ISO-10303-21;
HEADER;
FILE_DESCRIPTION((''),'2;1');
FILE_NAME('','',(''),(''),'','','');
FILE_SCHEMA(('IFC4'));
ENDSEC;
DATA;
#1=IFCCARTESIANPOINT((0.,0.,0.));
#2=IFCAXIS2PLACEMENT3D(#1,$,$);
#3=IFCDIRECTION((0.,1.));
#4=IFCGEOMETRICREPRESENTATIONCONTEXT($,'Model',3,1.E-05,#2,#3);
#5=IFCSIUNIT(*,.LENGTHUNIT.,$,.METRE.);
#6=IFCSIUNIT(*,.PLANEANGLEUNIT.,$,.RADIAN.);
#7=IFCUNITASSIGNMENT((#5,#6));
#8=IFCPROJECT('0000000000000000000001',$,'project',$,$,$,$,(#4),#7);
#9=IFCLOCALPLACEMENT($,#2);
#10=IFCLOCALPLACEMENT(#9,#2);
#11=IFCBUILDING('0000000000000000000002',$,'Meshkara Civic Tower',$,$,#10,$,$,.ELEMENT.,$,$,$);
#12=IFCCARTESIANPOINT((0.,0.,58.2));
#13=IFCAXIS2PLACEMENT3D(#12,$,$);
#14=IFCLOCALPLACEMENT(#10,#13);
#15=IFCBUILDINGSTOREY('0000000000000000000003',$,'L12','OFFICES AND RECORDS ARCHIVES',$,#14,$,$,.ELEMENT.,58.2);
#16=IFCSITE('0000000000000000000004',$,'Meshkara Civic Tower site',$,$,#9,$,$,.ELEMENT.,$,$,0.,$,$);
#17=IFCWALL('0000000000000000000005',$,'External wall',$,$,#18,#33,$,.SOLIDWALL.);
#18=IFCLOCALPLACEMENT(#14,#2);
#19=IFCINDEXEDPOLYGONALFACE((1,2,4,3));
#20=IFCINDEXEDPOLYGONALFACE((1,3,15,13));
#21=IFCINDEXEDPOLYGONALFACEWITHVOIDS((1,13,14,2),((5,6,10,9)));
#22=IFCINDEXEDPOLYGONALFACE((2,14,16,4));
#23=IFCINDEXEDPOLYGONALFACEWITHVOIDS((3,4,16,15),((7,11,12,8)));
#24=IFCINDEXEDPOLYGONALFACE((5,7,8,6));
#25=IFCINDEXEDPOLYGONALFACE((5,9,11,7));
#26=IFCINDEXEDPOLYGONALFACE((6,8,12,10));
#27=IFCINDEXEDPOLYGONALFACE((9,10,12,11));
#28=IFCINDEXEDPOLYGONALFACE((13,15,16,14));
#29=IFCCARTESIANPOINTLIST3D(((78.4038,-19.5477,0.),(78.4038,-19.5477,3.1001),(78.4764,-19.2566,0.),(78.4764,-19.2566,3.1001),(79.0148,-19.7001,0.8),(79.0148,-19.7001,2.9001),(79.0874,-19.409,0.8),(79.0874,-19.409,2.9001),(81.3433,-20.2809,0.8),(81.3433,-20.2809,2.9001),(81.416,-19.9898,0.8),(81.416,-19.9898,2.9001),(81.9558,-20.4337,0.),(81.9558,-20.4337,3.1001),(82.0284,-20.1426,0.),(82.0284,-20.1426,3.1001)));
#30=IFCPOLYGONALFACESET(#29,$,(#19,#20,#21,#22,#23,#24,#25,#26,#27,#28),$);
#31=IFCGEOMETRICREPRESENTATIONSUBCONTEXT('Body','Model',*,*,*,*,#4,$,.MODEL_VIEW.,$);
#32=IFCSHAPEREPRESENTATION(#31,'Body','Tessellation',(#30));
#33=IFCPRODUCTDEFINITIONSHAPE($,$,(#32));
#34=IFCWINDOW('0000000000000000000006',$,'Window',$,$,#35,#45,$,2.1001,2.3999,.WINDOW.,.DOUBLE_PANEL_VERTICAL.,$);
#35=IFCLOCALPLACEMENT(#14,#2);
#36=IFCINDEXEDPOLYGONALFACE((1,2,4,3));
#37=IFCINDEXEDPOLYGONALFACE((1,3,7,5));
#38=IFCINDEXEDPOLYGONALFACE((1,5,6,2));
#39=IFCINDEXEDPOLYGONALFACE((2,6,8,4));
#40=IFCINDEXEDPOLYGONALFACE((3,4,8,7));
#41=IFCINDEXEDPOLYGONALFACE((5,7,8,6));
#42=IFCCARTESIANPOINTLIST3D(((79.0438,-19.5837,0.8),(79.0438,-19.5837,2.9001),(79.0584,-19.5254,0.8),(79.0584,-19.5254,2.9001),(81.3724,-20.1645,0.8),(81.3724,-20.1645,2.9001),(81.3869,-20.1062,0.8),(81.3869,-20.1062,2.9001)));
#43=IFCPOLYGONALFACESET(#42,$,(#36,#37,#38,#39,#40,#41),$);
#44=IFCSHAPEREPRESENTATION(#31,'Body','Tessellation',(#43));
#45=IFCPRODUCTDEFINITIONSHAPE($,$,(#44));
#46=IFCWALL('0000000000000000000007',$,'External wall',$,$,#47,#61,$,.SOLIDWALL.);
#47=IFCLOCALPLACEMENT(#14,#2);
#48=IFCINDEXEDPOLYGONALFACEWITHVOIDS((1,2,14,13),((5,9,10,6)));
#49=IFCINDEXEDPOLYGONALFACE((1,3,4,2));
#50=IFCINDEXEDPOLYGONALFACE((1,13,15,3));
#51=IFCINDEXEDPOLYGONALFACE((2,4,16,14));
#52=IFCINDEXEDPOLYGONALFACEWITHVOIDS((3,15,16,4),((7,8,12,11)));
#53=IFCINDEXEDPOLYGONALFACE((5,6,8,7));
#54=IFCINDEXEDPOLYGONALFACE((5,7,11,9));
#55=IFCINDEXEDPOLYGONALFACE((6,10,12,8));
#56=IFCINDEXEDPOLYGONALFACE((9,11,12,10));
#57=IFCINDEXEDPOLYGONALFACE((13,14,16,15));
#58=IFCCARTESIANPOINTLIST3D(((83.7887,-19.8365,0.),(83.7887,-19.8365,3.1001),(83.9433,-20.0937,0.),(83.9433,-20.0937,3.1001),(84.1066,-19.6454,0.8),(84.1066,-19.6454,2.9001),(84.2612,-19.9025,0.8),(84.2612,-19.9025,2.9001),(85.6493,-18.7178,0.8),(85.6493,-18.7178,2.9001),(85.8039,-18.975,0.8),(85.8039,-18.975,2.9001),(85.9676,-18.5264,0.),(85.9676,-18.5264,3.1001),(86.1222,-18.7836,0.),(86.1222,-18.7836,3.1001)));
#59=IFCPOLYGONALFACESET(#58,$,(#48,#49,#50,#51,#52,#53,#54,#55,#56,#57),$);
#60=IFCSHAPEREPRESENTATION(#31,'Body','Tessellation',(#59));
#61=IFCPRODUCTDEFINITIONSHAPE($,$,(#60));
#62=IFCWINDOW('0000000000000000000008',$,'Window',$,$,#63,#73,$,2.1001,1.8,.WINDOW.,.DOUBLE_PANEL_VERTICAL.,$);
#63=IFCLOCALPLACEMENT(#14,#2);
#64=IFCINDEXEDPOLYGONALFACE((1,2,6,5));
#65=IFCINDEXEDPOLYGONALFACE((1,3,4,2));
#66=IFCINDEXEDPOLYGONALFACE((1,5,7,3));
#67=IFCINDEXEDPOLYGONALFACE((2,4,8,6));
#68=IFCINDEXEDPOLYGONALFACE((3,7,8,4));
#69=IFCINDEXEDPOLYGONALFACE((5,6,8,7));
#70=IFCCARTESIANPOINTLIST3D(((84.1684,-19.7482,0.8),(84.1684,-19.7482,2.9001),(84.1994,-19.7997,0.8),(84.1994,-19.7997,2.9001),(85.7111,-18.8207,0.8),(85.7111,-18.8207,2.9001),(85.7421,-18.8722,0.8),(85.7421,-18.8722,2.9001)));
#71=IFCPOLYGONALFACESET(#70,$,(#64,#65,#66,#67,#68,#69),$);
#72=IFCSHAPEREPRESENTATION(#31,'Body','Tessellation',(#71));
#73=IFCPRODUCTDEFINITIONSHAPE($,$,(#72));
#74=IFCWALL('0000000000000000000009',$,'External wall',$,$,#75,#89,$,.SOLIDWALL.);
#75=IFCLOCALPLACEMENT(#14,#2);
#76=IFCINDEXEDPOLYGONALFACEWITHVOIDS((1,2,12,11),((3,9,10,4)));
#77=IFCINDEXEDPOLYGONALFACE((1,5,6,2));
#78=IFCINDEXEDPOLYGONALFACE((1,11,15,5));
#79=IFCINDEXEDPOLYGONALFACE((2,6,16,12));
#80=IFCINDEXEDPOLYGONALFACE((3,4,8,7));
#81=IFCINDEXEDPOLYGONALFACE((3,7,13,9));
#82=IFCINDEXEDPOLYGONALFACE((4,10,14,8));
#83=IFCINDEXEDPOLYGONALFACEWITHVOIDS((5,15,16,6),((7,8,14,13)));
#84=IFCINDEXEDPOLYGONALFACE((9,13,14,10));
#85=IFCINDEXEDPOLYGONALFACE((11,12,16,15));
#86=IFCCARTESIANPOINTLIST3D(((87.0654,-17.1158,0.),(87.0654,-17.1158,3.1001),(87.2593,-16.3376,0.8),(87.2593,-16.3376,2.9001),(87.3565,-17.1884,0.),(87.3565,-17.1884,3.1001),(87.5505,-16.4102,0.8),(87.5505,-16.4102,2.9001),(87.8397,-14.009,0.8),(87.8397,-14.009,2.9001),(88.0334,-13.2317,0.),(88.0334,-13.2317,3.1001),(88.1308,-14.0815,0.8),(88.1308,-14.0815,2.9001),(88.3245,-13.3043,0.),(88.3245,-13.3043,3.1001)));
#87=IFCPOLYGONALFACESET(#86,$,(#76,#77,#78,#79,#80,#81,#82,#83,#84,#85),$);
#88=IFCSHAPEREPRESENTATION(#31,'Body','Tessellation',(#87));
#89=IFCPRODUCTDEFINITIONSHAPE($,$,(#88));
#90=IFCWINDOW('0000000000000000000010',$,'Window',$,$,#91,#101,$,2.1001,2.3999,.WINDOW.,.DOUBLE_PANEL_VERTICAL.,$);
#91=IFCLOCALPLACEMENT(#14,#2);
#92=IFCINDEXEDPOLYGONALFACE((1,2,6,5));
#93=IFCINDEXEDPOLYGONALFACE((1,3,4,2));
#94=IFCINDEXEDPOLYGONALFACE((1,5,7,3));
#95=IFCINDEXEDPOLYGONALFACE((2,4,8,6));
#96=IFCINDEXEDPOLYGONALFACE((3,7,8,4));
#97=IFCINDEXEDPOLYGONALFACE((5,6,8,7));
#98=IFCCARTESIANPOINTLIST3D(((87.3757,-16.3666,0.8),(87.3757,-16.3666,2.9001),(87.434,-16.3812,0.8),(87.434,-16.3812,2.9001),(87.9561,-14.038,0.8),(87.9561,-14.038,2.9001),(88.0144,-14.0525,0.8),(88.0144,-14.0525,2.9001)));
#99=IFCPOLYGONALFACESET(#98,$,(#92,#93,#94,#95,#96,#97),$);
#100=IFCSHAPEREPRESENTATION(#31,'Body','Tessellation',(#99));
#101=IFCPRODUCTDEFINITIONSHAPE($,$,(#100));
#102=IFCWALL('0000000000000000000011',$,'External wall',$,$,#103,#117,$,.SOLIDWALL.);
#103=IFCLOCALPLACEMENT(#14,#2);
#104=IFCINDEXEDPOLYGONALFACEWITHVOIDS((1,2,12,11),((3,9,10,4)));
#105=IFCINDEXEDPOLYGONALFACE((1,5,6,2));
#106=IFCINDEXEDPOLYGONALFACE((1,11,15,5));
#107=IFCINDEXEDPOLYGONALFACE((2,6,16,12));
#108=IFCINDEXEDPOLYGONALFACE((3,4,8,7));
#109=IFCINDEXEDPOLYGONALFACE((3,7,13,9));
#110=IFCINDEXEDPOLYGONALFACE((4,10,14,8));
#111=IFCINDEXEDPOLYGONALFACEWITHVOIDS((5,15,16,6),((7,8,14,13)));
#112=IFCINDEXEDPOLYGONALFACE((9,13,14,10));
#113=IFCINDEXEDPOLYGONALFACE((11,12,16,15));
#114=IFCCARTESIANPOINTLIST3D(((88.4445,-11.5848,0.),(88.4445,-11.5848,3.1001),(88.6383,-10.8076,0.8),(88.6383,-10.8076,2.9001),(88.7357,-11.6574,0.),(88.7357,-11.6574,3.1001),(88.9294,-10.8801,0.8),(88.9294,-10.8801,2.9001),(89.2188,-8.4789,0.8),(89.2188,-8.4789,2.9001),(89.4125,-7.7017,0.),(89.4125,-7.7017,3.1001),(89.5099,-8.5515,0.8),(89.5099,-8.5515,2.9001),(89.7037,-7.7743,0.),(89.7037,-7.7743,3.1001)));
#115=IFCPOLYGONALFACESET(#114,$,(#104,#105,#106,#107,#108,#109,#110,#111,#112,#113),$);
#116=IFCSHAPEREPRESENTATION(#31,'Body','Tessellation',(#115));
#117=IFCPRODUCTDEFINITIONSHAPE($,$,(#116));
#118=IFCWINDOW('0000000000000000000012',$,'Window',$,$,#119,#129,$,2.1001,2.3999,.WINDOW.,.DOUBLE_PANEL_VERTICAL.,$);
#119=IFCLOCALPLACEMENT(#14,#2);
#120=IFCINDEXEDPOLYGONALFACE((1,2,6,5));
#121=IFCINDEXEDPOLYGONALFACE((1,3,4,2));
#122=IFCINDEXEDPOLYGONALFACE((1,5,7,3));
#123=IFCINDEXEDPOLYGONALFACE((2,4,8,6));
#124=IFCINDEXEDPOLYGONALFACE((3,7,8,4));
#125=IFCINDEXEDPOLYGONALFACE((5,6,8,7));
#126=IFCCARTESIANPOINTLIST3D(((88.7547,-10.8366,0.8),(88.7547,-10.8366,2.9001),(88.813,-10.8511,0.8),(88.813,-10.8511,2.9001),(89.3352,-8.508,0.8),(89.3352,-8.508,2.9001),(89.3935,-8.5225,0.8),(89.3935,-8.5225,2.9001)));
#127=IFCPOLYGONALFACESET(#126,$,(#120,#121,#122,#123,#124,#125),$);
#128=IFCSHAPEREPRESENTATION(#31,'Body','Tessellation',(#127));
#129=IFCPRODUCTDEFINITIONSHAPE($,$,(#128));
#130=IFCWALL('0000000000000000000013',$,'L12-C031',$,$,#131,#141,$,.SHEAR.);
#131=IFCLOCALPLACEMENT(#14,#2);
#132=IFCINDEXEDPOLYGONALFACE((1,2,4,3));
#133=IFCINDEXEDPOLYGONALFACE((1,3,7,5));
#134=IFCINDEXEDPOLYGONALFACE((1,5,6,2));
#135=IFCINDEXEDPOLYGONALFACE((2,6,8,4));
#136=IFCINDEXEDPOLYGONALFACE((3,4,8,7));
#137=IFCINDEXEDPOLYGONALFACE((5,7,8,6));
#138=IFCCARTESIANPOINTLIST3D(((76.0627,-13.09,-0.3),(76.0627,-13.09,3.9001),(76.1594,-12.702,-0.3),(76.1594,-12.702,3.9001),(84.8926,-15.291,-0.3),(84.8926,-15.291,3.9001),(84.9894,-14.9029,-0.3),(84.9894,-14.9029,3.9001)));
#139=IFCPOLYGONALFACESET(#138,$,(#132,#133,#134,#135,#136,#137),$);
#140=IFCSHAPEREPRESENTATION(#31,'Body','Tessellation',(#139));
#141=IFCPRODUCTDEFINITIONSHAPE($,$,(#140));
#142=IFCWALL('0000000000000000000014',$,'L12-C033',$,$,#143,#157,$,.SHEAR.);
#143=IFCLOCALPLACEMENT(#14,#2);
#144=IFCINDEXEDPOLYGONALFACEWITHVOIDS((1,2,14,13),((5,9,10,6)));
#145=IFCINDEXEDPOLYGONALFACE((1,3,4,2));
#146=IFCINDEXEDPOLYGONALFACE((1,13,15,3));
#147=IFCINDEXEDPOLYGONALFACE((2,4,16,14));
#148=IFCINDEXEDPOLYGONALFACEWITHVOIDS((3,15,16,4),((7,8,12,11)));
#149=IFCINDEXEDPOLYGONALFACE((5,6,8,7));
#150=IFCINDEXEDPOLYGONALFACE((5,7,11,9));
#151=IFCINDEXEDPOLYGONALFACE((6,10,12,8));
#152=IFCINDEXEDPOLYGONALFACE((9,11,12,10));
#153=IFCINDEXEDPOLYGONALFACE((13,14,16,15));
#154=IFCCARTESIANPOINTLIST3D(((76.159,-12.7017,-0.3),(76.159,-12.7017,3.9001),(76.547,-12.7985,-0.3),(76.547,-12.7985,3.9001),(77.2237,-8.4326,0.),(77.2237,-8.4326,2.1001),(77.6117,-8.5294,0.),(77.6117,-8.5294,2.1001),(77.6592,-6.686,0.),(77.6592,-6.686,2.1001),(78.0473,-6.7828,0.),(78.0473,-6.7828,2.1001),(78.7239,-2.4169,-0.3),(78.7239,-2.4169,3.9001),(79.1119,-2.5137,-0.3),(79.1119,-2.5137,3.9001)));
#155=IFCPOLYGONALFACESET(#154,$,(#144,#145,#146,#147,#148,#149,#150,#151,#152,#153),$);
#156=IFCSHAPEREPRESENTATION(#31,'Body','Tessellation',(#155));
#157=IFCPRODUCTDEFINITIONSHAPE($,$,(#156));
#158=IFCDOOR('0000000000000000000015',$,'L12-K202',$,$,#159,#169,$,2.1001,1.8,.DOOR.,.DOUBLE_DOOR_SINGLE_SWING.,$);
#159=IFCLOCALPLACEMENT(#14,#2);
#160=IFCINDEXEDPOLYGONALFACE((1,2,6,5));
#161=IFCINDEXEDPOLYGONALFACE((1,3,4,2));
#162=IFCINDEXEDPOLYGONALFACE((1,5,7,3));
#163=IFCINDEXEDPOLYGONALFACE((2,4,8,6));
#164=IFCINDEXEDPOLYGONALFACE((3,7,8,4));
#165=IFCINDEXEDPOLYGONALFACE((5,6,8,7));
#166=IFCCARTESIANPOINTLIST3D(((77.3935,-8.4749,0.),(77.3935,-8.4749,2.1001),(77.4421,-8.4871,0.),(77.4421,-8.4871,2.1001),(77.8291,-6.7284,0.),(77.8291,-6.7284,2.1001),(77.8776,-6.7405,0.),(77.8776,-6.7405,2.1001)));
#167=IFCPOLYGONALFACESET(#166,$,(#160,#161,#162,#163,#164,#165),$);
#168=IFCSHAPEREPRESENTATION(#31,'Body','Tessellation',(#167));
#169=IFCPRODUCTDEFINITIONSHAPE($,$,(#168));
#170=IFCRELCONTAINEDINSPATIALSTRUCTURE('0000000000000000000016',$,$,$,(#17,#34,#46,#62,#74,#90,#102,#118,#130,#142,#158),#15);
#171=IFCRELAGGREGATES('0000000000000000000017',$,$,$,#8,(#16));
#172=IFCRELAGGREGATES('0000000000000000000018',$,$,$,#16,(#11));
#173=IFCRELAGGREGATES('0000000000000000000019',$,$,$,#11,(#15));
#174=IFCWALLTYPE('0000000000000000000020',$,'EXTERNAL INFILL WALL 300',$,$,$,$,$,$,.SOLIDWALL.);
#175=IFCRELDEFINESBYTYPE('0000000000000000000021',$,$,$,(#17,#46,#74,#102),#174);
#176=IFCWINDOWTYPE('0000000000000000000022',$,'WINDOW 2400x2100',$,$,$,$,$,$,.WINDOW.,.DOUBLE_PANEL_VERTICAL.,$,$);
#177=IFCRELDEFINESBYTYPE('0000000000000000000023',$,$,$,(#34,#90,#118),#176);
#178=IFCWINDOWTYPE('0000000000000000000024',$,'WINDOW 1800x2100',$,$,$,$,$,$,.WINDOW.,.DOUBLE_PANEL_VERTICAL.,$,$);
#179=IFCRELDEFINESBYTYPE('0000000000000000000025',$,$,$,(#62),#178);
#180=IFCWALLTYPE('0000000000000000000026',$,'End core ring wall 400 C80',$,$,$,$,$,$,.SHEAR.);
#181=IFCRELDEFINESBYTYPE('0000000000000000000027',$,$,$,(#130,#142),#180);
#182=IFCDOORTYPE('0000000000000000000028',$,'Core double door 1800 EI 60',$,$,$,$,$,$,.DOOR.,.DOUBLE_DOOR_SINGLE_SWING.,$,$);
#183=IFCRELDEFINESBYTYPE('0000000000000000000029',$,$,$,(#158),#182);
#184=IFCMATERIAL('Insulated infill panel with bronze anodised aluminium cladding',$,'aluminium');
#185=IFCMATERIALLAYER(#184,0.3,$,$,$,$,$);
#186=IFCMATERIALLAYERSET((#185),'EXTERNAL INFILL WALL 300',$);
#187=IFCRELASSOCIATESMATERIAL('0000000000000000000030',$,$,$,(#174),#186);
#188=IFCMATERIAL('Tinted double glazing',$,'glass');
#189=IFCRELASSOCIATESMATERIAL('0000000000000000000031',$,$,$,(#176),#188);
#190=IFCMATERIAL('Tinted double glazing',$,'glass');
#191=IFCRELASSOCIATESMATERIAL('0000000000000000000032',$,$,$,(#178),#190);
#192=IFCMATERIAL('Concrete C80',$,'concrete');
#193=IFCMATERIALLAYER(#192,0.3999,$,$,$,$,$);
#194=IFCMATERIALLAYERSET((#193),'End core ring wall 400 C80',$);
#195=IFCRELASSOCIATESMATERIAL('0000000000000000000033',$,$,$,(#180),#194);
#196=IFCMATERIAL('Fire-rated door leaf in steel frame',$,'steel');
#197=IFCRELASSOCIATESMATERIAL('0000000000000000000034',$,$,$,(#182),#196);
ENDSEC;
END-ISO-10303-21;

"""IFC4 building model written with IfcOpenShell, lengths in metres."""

from ifc_helpers import new_model, si_unit, direction, frame, frame_2d, origin, place, context, subcontext, project, spatial, rectangle, extrude, material, layer, layer_set, type_object, element, fill, save


model = new_model("IFC4")

# Units and contexts
model_context = context("Model", 3, precision=1e-05, world=origin(), true_north=direction((0.0, 1.0)))
body_context = subcontext(model_context, "Body", "Model", "MODEL_VIEW")
ifc_project = project(units=[si_unit("LENGTHUNIT", "METRE"), si_unit("PLANEANGLEUNIT", "RADIAN")], contexts=[model_context])

# Site, building, storey
site_placement = place(None, origin())
site = spatial("IfcSite", under=ifc_project, at=site_placement, Name="Meshkara Civic Tower site", CompositionType="ELEMENT", RefElevation=0.0)
building_placement = place(site_placement, origin())
building = spatial("IfcBuilding", under=site, at=building_placement, Name="Meshkara Civic Tower", CompositionType="ELEMENT")
storey_placement = place(building_placement, frame((0.0, 0.0, 58.2)))
storey = spatial("IfcBuildingStorey", under=building, at=storey_placement, Name="L12", Description="OFFICES AND RECORDS ARCHIVES", CompositionType="ELEMENT", Elevation=58.2)

# Walls, openings, windows
ifc_material_1 = material(Name="Insulated infill panel with bronze anodised aluminium cladding", Category="aluminium")
ifc_layer_1 = layer(ifc_material_1, 0.3)
ifc_layer_set_1 = layer_set([ifc_layer_1], Name="EXTERNAL INFILL WALL 300")
wall_type_1 = type_object("IfcWallType", Name="EXTERNAL INFILL WALL 300", PredefinedType="SOLIDWALL", material=ifc_layer_set_1)
wall_1_placement = place(storey_placement, frame((78.4399, -19.4021, 0.0), z_axis=(0.0, 0.0, 1.0), x_axis=(0.970272, -0.242018, 0.0)))
wall_1 = element("IfcWall", 1, at=wall_1_placement, inside=storey, type_object=wall_type_1, Name="External wall", PredefinedType="SOLIDWALL", context=body_context, shape_type="SweptSolid", body=[
    extrude(rectangle(XDim=3.6609, YDim=0.3, at=frame_2d((1.8306, 0.0))), origin(), (0.0, 0.0, 1.0), 3.1001),
])
opening_1_placement = place(wall_1_placement, frame((0.6299, 0.0, 0.8)))
opening_1 = element("IfcOpeningElement", 2, at=opening_1_placement, cuts=wall_1, PredefinedType="OPENING", context=body_context, shape_type="SweptSolid", body=[
    extrude(rectangle(XDim=2.3999, YDim=2.1001, at=frame_2d((1.2, 1.05))), frame((0.0, 0.1599, 0.0), z_axis=(0.0, -1.0, 0.0), x_axis=(1.0, 0.0, 0.0)), (0.0, 0.0, 1.0), 0.3201),
])
ifc_material_2 = material(Name="Tinted double glazing", Category="glass")
window_type_1 = type_object("IfcWindowType", Name="WINDOW 2400x2100", PartitioningType="DOUBLE_PANEL_VERTICAL", PredefinedType="WINDOW", material=ifc_material_2)
window_1_placement = place(opening_1_placement, origin())
window_1 = element("IfcWindow", 3, at=window_1_placement, inside=storey, type_object=window_type_1, Name="Window", OverallHeight=2.1001, OverallWidth=2.3999, PartitioningType="DOUBLE_PANEL_VERTICAL", PredefinedType="WINDOW", context=body_context, shape_type="SweptSolid", body=[
    extrude(rectangle(XDim=2.3999, YDim=2.1001, at=frame_2d((1.2, 1.05))), frame((0.0, 0.03, 0.0), z_axis=(0.0, -1.0, 0.0), x_axis=(1.0, 0.0, 0.0)), (0.0, 0.0, 1.0), 0.0601),
])
fill(opening_1, window_1)
wall_2_placement = place(storey_placement, frame((83.866, -19.9651, 0.0), z_axis=(0.0, 0.0, 1.0), x_axis=(0.857027, 0.515272, 0.0)))
wall_2 = element("IfcWall", 4, at=wall_2_placement, inside=storey, type_object=wall_type_1, Name="External wall", PredefinedType="SOLIDWALL", context=body_context, shape_type="SweptSolid", body=[
    extrude(rectangle(XDim=2.5425, YDim=0.3, at=frame_2d((1.2712, 0.0))), origin(), (0.0, 0.0, 1.0), 3.1001),
])
opening_2_placement = place(wall_2_placement, frame((0.3711, 0.0, 0.8)))
opening_2 = element("IfcOpeningElement", 5, at=opening_2_placement, cuts=wall_2, PredefinedType="OPENING", context=body_context, shape_type="SweptSolid", body=[
    extrude(rectangle(XDim=1.8, YDim=2.1001, at=frame_2d((0.8999, 1.05))), frame((0.0, 0.1599, 0.0), z_axis=(0.0, -1.0, 0.0), x_axis=(1.0, 0.0, 0.0)), (0.0, 0.0, 1.0), 0.3201),
])
ifc_material_3 = material(Name="Tinted double glazing", Category="glass")
window_type_2 = type_object("IfcWindowType", Name="WINDOW 1800x2100", PartitioningType="DOUBLE_PANEL_VERTICAL", PredefinedType="WINDOW", material=ifc_material_3)
window_2_placement = place(opening_2_placement, origin())
window_2 = element("IfcWindow", 6, at=window_2_placement, inside=storey, type_object=window_type_2, Name="Window", OverallHeight=2.1001, OverallWidth=1.8, PartitioningType="DOUBLE_PANEL_VERTICAL", PredefinedType="WINDOW", context=body_context, shape_type="SweptSolid", body=[
    extrude(rectangle(XDim=1.8, YDim=2.1001, at=frame_2d((0.8999, 1.05))), frame((0.0, 0.03, 0.0), z_axis=(0.0, -1.0, 0.0), x_axis=(1.0, 0.0, 0.0)), (0.0, 0.0, 1.0), 0.0601),
])
fill(opening_2, window_2)
wall_3_placement = place(storey_placement, frame((87.2109, -17.1521, 0.0), z_axis=(0.0, 0.0, 1.0), x_axis=(0.241832, 0.970318, 0.0)))
wall_3 = element("IfcWall", 7, at=wall_3_placement, inside=storey, type_object=wall_type_1, Name="External wall", PredefinedType="SOLIDWALL", context=body_context, shape_type="SweptSolid", body=[
    extrude(rectangle(XDim=4.0029, YDim=0.3, at=frame_2d((2.0015, 0.0))), origin(), (0.0, 0.0, 1.0), 3.1001),
])
opening_3_placement = place(wall_3_placement, frame((0.802, 0.0, 0.8)))
opening_3 = element("IfcOpeningElement", 8, at=opening_3_placement, cuts=wall_3, PredefinedType="OPENING", context=body_context, shape_type="SweptSolid", body=[
    extrude(rectangle(XDim=2.3999, YDim=2.1001, at=frame_2d((1.2, 1.05))), frame((0.0, 0.1599, 0.0), z_axis=(0.0, -1.0, 0.0), x_axis=(1.0, 0.0, 0.0)), (0.0, 0.0, 1.0), 0.3201),
])
window_3_placement = place(opening_3_placement, origin())
window_3 = element("IfcWindow", 9, at=window_3_placement, inside=storey, type_object=window_type_1, Name="Window", OverallHeight=2.1001, OverallWidth=2.3999, PartitioningType="DOUBLE_PANEL_VERTICAL", PredefinedType="WINDOW", context=body_context, shape_type="SweptSolid", body=[
    extrude(rectangle(XDim=2.3999, YDim=2.1001, at=frame_2d((1.2, 1.05))), frame((0.0, 0.03, 0.0), z_axis=(0.0, -1.0, 0.0), x_axis=(1.0, 0.0, 0.0)), (0.0, 0.0, 1.0), 0.0601),
])
fill(opening_3, window_3)
wall_4_placement = place(storey_placement, frame((88.5901, -11.6211, 0.0), z_axis=(0.0, 0.0, 1.0), x_axis=(0.24189, 0.970304, 0.0)))
wall_4 = element("IfcWall", 10, at=wall_4_placement, inside=storey, type_object=wall_type_1, Name="External wall", PredefinedType="SOLIDWALL", context=body_context, shape_type="SweptSolid", body=[
    extrude(rectangle(XDim=4.002, YDim=0.3, at=frame_2d((2.001, 0.0))), origin(), (0.0, 0.0, 1.0), 3.1001),
])
opening_4_placement = place(wall_4_placement, frame((0.801, 0.0, 0.8)))
opening_4 = element("IfcOpeningElement", 11, at=opening_4_placement, cuts=wall_4, PredefinedType="OPENING", context=body_context, shape_type="SweptSolid", body=[
    extrude(rectangle(XDim=2.3999, YDim=2.1001, at=frame_2d((1.2, 1.05))), frame((0.0, 0.1599, 0.0), z_axis=(0.0, -1.0, 0.0), x_axis=(1.0, 0.0, 0.0)), (0.0, 0.0, 1.0), 0.3201),
])
window_4_placement = place(opening_4_placement, origin())
window_4 = element("IfcWindow", 12, at=window_4_placement, inside=storey, type_object=window_type_1, Name="Window", OverallHeight=2.1001, OverallWidth=2.3999, PartitioningType="DOUBLE_PANEL_VERTICAL", PredefinedType="WINDOW", context=body_context, shape_type="SweptSolid", body=[
    extrude(rectangle(XDim=2.3999, YDim=2.1001, at=frame_2d((1.2, 1.05))), frame((0.0, 0.03, 0.0), z_axis=(0.0, -1.0, 0.0), x_axis=(1.0, 0.0, 0.0)), (0.0, 0.0, 1.0), 0.0601),
])
fill(opening_4, window_4)

# Wall
ifc_material_4 = material(Name="Concrete C80", Category="concrete")
ifc_layer_2 = layer(ifc_material_4, 0.3999)
ifc_layer_set_2 = layer_set([ifc_layer_2], Name="End core ring wall 400 C80")
wall_type_2 = type_object("IfcWallType", Name="End core ring wall 400 C80", PredefinedType="SHEAR", material=ifc_layer_set_2)
wall_5_placement = place(storey_placement, frame((76.1111, -12.896, -0.3), z_axis=(0.0, 0.0, 1.0), x_axis=(0.970311, -0.24186, 0.0)))
element("IfcWall", 13, at=wall_5_placement, inside=storey, type_object=wall_type_2, Name="L12-C031", PredefinedType="SHEAR", context=body_context, shape_type="SweptSolid", body=[
    extrude(rectangle(XDim=9.1001, YDim=0.3999, at=frame_2d((4.55, 0.0))), origin(), (0.0, 0.0, 1.0), 4.2002),
])

# Wall, opening, door
wall_6_placement = place(storey_placement, frame((76.353, -12.75, -0.3), z_axis=(0.0, 0.0, 1.0), x_axis=(0.241977, 0.970282, 0.0)))
wall_6 = element("IfcWall", 14, at=wall_6_placement, inside=storey, type_object=wall_type_2, Name="L12-C033", PredefinedType="SHEAR", context=body_context, shape_type="SweptSolid", body=[
    extrude(rectangle(XDim=10.5999, YDim=0.3999, at=frame_2d((5.2998, 0.0))), origin(), (0.0, 0.0, 1.0), 4.2002),
])
opening_5_placement = place(wall_6_placement, frame((4.3999, 0.0, 0.3)))
opening_5 = element("IfcOpeningElement", 15, at=opening_5_placement, cuts=wall_6, PredefinedType="OPENING", context=body_context, shape_type="SweptSolid", body=[
    extrude(rectangle(XDim=1.8, YDim=2.1001, at=frame_2d((0.8999, 1.05))), frame((0.0, 0.21, 0.0), z_axis=(0.0, -1.0, 0.0), x_axis=(1.0, 0.0, 0.0)), (0.0, 0.0, 1.0), 0.4199),
])
ifc_material_5 = material(Name="Fire-rated door leaf in steel frame", Category="steel")
door_type_1 = type_object("IfcDoorType", Name="Core double door 1800 EI 60", OperationType="DOUBLE_DOOR_SINGLE_SWING", PredefinedType="DOOR", material=ifc_material_5)
door_1_placement = place(opening_5_placement, origin())
door_1 = element("IfcDoor", 16, at=door_1_placement, inside=storey, type_object=door_type_1, Name="L12-K202", OperationType="DOUBLE_DOOR_SINGLE_SWING", OverallHeight=2.1001, OverallWidth=1.8, PredefinedType="DOOR", context=body_context, shape_type="SweptSolid", body=[
    extrude(rectangle(XDim=1.8, YDim=2.1001, at=frame_2d((0.8999, 1.05))), frame((0.0, 0.0249, 0.0), z_axis=(0.0, -1.0, 0.0), x_axis=(1.0, 0.0, 0.0)), (0.0, 0.0, 1.0), 0.05),
])
fill(opening_5, door_1)

save(model, "model.ifc")
